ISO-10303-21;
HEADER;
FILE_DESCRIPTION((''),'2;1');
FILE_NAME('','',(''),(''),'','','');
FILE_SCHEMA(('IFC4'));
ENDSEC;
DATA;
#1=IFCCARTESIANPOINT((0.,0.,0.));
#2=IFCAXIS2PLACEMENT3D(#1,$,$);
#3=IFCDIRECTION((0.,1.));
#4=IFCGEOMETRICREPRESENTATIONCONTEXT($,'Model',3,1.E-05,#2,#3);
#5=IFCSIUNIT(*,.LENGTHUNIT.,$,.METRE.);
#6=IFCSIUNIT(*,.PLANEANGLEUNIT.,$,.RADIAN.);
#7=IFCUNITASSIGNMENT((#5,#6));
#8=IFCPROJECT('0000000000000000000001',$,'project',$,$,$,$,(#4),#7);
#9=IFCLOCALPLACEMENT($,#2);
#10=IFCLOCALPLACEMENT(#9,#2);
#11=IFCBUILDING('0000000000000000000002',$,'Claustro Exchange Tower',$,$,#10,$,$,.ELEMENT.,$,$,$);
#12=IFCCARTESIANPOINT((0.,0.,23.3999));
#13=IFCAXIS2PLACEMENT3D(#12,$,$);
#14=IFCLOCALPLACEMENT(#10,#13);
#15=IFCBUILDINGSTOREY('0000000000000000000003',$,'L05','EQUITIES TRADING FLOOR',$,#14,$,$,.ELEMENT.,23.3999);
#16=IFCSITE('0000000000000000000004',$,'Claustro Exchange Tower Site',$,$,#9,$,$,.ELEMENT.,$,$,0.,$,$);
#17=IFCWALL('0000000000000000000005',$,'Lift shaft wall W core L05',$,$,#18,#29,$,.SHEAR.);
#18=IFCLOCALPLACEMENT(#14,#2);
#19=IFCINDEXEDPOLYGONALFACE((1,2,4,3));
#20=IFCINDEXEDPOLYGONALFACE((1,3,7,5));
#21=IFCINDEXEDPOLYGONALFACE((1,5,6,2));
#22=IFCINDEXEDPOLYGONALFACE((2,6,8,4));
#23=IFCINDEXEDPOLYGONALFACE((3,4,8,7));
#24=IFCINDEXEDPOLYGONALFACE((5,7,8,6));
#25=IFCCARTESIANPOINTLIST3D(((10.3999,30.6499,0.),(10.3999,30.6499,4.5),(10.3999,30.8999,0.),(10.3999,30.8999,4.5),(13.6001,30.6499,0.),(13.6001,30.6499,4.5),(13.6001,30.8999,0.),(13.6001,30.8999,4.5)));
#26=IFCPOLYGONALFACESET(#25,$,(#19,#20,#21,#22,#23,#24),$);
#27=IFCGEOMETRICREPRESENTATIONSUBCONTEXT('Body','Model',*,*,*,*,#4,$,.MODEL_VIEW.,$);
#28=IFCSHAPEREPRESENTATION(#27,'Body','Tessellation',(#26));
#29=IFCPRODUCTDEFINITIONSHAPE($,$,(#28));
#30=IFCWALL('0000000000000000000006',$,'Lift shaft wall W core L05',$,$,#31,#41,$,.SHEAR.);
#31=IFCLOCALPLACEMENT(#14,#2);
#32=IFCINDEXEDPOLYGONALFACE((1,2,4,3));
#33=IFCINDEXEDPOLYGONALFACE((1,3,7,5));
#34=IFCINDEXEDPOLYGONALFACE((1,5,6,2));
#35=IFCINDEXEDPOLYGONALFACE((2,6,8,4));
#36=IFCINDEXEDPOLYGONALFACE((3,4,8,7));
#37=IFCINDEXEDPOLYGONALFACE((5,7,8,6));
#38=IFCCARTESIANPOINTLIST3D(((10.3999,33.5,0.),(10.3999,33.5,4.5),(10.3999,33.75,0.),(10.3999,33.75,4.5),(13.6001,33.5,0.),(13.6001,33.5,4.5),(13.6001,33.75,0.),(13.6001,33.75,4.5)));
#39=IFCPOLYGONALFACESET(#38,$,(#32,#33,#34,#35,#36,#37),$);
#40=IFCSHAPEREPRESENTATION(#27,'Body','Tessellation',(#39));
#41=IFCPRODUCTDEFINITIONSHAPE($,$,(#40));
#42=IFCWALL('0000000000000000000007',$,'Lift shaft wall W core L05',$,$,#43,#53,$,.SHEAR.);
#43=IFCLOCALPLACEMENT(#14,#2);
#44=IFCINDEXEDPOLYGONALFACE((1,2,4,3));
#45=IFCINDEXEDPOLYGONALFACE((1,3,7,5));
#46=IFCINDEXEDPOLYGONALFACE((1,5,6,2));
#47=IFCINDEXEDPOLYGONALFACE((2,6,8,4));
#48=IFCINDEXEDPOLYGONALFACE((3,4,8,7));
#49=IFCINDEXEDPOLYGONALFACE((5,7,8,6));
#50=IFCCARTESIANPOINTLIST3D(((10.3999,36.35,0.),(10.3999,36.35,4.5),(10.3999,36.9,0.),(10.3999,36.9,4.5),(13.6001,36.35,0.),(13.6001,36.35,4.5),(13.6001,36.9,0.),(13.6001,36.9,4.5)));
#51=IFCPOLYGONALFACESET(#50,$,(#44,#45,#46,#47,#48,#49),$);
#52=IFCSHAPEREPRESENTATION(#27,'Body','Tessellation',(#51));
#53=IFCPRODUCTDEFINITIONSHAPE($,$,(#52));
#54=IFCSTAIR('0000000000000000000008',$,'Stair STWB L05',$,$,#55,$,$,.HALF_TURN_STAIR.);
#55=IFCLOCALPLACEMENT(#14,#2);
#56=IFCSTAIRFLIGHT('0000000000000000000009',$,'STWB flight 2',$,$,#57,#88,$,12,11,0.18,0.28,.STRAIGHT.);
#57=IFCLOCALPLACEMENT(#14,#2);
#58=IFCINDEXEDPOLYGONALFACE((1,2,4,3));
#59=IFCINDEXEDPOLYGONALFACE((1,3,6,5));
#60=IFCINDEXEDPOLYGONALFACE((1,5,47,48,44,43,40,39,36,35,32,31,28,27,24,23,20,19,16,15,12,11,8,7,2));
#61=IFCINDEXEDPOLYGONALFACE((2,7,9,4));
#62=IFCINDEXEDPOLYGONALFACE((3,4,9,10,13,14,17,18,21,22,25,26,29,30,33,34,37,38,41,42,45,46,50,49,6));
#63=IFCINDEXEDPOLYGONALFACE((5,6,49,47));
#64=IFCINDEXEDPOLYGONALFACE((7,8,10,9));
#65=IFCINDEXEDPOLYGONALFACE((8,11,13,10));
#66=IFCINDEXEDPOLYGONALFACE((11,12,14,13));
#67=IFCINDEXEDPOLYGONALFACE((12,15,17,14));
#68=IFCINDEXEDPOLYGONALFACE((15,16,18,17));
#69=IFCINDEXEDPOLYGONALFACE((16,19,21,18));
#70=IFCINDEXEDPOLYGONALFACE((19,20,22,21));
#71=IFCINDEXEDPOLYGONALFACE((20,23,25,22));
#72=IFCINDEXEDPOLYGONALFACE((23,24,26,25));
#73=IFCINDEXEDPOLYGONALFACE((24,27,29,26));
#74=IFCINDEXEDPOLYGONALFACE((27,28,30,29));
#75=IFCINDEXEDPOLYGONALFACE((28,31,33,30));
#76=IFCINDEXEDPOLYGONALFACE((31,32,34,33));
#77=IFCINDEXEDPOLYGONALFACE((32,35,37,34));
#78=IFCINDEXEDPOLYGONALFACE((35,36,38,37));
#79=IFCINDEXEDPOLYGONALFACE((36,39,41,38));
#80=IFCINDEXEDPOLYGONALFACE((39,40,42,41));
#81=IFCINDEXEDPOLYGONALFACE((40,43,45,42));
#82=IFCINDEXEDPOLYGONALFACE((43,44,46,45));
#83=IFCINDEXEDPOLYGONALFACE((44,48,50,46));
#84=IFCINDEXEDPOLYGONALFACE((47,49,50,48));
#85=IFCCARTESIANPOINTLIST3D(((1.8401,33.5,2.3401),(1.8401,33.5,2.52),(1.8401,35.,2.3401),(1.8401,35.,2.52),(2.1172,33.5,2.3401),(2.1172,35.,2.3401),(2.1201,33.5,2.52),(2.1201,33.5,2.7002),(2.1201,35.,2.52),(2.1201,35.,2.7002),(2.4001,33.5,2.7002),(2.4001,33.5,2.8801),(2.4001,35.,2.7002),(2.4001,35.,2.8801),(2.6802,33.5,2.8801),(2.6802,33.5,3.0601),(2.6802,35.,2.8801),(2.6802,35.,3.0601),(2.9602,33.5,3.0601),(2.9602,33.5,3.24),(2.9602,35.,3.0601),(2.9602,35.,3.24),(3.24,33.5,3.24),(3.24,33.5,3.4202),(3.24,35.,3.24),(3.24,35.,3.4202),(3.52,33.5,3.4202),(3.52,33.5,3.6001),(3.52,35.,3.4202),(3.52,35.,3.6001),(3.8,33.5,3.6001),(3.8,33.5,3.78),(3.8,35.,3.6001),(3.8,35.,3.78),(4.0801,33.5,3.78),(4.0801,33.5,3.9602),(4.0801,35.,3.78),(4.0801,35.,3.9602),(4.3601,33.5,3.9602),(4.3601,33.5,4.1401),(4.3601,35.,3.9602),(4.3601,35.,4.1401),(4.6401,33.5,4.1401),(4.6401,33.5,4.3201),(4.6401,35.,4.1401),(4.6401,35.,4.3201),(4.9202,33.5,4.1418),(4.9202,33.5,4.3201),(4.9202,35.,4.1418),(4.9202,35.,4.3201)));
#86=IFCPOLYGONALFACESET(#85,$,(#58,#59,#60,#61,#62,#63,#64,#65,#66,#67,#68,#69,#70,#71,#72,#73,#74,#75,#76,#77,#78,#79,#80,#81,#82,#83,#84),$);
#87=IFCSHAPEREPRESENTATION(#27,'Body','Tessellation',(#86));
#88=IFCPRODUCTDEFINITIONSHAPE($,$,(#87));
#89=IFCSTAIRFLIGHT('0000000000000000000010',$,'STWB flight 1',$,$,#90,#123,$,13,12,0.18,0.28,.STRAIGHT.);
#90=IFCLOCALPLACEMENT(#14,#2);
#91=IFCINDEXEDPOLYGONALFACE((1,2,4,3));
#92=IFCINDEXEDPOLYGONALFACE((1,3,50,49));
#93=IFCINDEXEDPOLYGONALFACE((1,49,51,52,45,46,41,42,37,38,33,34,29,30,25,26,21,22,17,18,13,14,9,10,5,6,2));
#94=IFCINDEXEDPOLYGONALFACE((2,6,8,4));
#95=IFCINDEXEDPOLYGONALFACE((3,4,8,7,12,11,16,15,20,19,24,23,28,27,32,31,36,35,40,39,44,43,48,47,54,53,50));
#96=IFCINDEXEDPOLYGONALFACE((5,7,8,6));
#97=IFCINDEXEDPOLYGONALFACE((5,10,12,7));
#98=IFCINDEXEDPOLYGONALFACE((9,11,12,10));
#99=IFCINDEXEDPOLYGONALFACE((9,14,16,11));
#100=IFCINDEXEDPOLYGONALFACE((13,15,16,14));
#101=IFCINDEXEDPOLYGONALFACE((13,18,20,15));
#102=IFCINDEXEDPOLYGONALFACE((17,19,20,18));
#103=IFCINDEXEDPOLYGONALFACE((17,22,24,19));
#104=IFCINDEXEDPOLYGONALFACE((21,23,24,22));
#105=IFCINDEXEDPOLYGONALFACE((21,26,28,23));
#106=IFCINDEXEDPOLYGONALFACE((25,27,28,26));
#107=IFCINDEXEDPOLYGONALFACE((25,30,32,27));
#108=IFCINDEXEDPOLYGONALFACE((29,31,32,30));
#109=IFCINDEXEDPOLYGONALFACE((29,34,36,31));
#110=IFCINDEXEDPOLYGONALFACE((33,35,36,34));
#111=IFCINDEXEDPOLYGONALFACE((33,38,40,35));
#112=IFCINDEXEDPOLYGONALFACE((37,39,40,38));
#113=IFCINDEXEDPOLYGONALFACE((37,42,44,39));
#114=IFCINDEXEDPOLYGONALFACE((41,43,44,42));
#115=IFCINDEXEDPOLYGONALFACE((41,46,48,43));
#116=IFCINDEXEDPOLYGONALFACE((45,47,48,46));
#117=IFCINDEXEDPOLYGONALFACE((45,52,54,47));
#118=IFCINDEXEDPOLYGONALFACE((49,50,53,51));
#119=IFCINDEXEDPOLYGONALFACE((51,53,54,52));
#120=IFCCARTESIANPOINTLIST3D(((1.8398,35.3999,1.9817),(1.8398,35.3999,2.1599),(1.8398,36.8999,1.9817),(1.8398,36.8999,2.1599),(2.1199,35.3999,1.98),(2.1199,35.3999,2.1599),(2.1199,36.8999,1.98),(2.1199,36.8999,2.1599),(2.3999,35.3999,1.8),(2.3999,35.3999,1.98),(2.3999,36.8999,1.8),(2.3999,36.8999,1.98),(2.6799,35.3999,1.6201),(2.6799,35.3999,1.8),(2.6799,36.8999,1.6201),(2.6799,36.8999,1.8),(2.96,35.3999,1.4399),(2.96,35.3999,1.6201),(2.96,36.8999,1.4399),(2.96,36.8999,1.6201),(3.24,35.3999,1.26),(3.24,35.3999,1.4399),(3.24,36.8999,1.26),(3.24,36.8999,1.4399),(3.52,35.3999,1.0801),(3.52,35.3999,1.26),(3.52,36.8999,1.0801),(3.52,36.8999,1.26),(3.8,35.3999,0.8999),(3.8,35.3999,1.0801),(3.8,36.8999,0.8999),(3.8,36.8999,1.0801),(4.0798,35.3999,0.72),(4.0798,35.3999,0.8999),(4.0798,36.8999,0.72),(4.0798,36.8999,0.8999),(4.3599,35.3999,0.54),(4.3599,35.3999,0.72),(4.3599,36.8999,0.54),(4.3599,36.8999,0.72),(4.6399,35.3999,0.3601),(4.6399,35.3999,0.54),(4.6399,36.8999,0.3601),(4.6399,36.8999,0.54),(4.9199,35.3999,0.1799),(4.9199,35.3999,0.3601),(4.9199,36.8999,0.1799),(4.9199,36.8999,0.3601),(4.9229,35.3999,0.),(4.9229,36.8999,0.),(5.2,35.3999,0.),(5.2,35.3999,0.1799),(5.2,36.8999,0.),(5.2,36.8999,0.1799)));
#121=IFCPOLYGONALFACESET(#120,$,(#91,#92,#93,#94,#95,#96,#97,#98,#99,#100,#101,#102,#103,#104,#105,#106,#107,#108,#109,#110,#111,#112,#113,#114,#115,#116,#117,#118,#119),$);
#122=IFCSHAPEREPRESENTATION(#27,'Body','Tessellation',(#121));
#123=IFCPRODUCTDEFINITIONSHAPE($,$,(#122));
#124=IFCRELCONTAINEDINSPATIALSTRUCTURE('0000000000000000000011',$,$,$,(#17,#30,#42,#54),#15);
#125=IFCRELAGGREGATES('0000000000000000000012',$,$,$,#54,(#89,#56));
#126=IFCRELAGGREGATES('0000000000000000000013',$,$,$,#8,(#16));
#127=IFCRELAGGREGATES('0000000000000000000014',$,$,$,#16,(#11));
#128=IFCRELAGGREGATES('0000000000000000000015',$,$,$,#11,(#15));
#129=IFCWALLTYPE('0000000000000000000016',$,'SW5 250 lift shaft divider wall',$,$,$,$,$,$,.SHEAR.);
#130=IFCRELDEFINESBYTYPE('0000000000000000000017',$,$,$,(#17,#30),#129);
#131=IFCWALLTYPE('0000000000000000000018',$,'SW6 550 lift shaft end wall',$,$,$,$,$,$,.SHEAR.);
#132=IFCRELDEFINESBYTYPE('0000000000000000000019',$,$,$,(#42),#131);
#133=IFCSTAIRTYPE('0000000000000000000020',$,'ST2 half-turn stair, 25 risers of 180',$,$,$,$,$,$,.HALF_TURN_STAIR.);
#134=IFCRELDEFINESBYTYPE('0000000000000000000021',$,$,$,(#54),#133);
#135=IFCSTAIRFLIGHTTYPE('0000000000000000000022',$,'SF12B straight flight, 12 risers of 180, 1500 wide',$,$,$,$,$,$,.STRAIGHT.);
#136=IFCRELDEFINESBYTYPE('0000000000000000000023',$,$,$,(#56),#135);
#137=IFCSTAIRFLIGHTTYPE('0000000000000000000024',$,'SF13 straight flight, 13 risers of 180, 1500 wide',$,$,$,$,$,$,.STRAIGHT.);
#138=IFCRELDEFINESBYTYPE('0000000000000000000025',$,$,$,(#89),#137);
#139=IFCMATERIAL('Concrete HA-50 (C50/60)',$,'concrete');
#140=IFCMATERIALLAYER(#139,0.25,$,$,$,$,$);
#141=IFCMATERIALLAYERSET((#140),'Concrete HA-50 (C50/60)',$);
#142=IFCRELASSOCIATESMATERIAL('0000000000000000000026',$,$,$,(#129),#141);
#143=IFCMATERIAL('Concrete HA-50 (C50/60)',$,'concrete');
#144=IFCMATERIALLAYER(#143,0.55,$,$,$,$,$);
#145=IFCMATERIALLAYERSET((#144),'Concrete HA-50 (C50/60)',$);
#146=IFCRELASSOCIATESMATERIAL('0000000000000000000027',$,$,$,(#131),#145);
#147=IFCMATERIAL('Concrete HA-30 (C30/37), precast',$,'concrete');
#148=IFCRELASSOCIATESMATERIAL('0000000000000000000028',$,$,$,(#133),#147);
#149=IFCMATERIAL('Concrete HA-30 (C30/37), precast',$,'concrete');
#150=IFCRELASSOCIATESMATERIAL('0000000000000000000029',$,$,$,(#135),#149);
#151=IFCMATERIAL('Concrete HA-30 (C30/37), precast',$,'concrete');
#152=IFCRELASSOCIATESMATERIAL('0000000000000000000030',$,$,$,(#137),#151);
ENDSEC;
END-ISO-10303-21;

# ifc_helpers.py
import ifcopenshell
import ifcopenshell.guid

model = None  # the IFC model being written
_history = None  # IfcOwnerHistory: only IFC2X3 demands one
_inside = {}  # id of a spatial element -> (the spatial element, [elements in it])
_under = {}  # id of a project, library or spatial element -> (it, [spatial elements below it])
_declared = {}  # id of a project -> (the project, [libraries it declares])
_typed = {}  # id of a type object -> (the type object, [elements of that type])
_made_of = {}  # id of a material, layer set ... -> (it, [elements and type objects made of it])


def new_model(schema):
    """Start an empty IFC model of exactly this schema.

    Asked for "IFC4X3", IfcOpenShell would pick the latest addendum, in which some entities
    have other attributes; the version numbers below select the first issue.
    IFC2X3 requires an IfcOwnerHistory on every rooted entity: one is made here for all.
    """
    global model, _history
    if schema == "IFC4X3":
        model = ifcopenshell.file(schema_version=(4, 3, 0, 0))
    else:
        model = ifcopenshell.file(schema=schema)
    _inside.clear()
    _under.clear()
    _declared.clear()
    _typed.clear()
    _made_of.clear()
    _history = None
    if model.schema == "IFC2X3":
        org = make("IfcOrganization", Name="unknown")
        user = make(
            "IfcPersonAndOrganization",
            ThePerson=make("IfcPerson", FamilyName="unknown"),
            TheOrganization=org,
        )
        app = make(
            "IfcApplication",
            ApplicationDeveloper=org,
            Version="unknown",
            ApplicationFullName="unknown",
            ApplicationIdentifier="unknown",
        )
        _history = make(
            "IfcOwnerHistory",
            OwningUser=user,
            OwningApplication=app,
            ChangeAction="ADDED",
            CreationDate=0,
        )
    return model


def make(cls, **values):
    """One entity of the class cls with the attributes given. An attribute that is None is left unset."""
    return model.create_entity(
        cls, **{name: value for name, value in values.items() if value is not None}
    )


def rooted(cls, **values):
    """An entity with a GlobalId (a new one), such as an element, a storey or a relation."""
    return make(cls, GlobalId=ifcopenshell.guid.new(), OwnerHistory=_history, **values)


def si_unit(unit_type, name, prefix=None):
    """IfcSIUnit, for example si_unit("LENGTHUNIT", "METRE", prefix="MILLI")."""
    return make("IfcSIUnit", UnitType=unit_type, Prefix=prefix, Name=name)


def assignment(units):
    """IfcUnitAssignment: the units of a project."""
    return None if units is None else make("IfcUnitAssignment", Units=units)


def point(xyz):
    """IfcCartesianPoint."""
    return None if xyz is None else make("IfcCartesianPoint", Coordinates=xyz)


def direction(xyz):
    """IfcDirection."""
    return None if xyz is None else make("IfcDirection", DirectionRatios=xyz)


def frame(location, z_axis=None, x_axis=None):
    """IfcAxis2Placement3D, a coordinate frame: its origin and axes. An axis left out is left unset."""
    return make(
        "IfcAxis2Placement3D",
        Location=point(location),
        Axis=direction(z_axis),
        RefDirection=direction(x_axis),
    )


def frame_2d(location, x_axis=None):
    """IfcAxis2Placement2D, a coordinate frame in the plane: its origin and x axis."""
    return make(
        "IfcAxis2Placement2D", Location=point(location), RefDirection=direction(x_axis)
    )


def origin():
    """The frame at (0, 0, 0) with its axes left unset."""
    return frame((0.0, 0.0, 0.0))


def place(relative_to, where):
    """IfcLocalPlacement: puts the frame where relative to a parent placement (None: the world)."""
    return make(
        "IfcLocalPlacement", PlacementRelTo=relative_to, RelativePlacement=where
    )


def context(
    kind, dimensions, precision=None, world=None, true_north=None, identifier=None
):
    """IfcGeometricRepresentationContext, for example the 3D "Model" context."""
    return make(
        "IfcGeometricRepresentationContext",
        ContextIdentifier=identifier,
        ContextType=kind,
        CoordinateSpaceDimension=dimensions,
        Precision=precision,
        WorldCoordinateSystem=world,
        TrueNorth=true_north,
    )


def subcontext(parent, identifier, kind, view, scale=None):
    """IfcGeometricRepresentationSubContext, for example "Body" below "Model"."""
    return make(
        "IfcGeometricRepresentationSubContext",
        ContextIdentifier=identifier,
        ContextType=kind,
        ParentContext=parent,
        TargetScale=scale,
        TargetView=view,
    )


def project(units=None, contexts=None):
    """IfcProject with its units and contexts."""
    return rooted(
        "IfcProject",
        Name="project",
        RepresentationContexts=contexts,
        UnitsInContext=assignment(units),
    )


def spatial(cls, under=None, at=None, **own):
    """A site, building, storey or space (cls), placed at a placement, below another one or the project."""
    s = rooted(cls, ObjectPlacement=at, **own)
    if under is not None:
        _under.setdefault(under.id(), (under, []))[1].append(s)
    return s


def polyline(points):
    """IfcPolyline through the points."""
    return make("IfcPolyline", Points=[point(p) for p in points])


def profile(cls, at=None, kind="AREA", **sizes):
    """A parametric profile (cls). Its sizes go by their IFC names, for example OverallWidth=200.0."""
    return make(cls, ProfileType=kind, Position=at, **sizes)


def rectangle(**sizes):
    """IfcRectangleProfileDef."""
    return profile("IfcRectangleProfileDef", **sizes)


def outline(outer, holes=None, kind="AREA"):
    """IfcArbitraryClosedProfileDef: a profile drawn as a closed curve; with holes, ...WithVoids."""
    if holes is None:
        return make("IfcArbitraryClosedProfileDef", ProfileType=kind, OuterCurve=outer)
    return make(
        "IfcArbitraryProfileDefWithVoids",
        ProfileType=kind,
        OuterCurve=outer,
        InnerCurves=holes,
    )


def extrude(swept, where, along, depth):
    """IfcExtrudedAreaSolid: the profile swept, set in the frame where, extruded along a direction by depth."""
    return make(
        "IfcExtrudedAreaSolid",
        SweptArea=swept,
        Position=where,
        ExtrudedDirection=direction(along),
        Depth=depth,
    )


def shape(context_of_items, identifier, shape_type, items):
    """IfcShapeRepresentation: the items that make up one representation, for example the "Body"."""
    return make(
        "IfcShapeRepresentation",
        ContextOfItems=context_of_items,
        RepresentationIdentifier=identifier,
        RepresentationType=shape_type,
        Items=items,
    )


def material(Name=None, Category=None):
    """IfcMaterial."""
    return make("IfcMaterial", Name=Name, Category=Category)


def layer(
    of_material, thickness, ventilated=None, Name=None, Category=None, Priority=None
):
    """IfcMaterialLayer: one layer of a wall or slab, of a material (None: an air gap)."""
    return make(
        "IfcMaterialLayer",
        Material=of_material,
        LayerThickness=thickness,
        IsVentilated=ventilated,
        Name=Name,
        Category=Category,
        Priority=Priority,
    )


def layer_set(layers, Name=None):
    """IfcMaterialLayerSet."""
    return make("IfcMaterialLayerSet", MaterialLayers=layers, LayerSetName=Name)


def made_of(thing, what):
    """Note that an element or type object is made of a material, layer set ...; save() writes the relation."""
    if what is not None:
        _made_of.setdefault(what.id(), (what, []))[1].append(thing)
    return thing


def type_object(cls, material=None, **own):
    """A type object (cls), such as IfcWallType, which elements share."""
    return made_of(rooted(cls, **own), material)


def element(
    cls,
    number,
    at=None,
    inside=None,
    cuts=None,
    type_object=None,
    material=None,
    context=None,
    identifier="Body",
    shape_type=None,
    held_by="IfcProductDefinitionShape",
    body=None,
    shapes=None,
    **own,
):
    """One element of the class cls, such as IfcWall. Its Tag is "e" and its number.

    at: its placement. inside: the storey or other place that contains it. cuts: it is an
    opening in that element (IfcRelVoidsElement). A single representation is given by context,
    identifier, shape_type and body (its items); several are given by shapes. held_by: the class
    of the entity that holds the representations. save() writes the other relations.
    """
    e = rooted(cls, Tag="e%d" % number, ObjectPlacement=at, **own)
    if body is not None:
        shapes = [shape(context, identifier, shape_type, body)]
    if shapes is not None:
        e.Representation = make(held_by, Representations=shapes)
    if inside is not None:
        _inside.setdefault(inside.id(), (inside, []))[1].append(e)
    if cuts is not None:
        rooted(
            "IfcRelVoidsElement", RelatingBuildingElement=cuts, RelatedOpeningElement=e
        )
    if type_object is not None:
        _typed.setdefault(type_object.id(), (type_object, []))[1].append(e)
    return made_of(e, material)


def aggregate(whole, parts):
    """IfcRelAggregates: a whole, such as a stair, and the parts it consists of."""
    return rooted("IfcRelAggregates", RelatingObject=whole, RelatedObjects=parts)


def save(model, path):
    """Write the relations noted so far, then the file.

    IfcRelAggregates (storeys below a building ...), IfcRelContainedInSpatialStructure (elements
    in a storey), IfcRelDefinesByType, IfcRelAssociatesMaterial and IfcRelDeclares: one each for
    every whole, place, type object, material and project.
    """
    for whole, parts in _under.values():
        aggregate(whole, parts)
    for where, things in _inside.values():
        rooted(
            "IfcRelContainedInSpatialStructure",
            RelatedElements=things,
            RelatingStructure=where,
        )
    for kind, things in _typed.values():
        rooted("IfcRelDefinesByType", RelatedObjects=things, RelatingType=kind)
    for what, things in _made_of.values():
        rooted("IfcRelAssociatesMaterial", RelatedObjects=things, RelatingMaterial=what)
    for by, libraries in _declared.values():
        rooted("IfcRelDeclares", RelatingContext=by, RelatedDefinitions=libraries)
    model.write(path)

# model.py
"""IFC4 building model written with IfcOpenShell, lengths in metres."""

from ifc_helpers import new_model, si_unit, direction, frame, frame_2d, origin, place, context, subcontext, project, spatial, polyline, rectangle, outline, extrude, material, layer, layer_set, type_object, element, aggregate, save


model = new_model("IFC4")

# Units and contexts
model_context = context("Model", 3, precision=1e-05, world=origin(), true_north=direction((0.0, 1.0)))
body_context = subcontext(model_context, "Body", "Model", "MODEL_VIEW")
ifc_project = project(units=[si_unit("LENGTHUNIT", "METRE"), si_unit("PLANEANGLEUNIT", "RADIAN")], contexts=[model_context])

# Site, building, storey
site_placement = place(None, origin())
site = spatial("IfcSite", under=ifc_project, at=site_placement, Name="Claustro Exchange Tower Site", CompositionType="ELEMENT", RefElevation=0.0)
building_placement = place(site_placement, origin())
building = spatial("IfcBuilding", under=site, at=building_placement, Name="Claustro Exchange Tower", CompositionType="ELEMENT")
storey_placement = place(building_placement, frame((0.0, 0.0, 23.3999)))
storey = spatial("IfcBuildingStorey", under=building, at=storey_placement, Name="L05", Description="EQUITIES TRADING FLOOR", CompositionType="ELEMENT", Elevation=23.3999)

# Walls
ifc_material_1 = material(Name="Concrete HA-50 (C50/60)", Category="concrete")
ifc_layer_1 = layer(ifc_material_1, 0.25)
ifc_layer_set_1 = layer_set([ifc_layer_1], Name="Concrete HA-50 (C50/60)")
wall_type_1 = type_object("IfcWallType", Name="SW5 250 lift shaft divider wall", PredefinedType="SHEAR", material=ifc_layer_set_1)
for number, where, z_axis, x_axis, name in (
    (1, (10.3999, 30.7749, 0.0), (0.0, 0.0, 1.0), (1.0, 0.0, 0.0), "Lift shaft wall W core L05"),
    (2, (10.3999, 33.625, 0.0), (0.0, 0.0, 1.0), (1.0, 0.0, 0.0), "Lift shaft wall W core L05"),
):
    element("IfcWall", number, at=place(storey_placement, frame(where, z_axis=z_axis, x_axis=x_axis)), inside=storey, type_object=wall_type_1, Name=name, PredefinedType="SHEAR", context=body_context, shape_type="SweptSolid", body=[
        extrude(rectangle(XDim=3.2002, YDim=0.25, at=frame_2d((1.6001, 0.0))), origin(), (0.0, 0.0, 1.0), 4.5),
    ])
ifc_material_2 = material(Name="Concrete HA-50 (C50/60)", Category="concrete")
ifc_layer_2 = layer(ifc_material_2, 0.55)
ifc_layer_set_2 = layer_set([ifc_layer_2], Name="Concrete HA-50 (C50/60)")
wall_type_2 = type_object("IfcWallType", Name="SW6 550 lift shaft end wall", PredefinedType="SHEAR", material=ifc_layer_set_2)
wall_1_placement = place(storey_placement, frame((10.3999, 36.625, 0.0), z_axis=(0.0, 0.0, 1.0), x_axis=(1.0, 0.0, 0.0)))
element("IfcWall", 3, at=wall_1_placement, inside=storey, type_object=wall_type_2, Name="Lift shaft wall W core L05", PredefinedType="SHEAR", context=body_context, shape_type="SweptSolid", body=[
    extrude(rectangle(XDim=3.2002, YDim=0.55, at=frame_2d((1.6001, 0.0))), origin(), (0.0, 0.0, 1.0), 4.5),
])

# Stair, stair flights
ifc_material_3 = material(Name="Concrete HA-30 (C30/37), precast", Category="concrete")
stair_type = type_object("IfcStairType", Name="ST2 half-turn stair, 25 risers of 180", PredefinedType="HALF_TURN_STAIR", material=ifc_material_3)
stair_placement = place(storey_placement, origin())
stair = element("IfcStair", 4, at=stair_placement, inside=storey, type_object=stair_type, Name="Stair STWB L05", PredefinedType="HALF_TURN_STAIR")
ifc_material_4 = material(Name="Concrete HA-30 (C30/37), precast", Category="concrete")
stair_flight_type_1 = type_object("IfcStairFlightType", Name="SF12B straight flight, 12 risers of 180, 1500 wide", PredefinedType="STRAIGHT", material=ifc_material_4)
stair_flight_1_placement = place(storey_placement, frame((1.8401, 34.25, 2.3401), z_axis=(0.0, 0.0, 1.0), x_axis=(1.0, 0.0, 0.0)))
stair_flight_1 = element("IfcStairFlight", 5, at=stair_flight_1_placement, type_object=stair_flight_type_1, Name="STWB flight 2", NumberOfRisers=12, NumberOfTreads=11, PredefinedType="STRAIGHT", RiserHeight=0.18, TreadLength=0.28, context=body_context, shape_type="SweptSolid", body=[
    extrude(outline(polyline([(0.0, 0.0), (0.0, 0.1799), (0.28, 0.1799), (0.28, 0.3601), (0.5601, 0.3601), (0.5601, 0.54), (0.8401, 0.54), (0.8401, 0.72), (1.1201, 0.72), (1.1201, 0.8999), (1.3999, 0.8999), (1.3999, 1.0801), (1.6799, 1.0801), (1.6799, 1.26), (1.96, 1.26), (1.96, 1.4399), (2.24, 1.4399), (2.24, 1.6201), (2.52, 1.6201), (2.52, 1.8), (2.8, 1.8), (2.8, 1.98), (3.0801, 1.98), (3.0801, 2.1599), (3.0801, 1.8018), (0.2771, 0.0), (0.0, 0.0)])), frame((0.0, 0.75, 0.0), z_axis=(0.0, -1.0, 0.0), x_axis=(1.0, 0.0, 0.0)), (0.0, 0.0, 1.0), 1.5),
])
ifc_material_5 = material(Name="Concrete HA-30 (C30/37), precast", Category="concrete")
stair_flight_type_2 = type_object("IfcStairFlightType", Name="SF13 straight flight, 13 risers of 180, 1500 wide", PredefinedType="STRAIGHT", material=ifc_material_5)
stair_flight_2_placement = place(storey_placement, frame((5.2, 36.1499, 0.0), z_axis=(0.0, 0.0, 1.0), x_axis=(-1.0, 0.0, 0.0)))
stair_flight_2 = element("IfcStairFlight", 6, at=stair_flight_2_placement, type_object=stair_flight_type_2, Name="STWB flight 1", NumberOfRisers=13, NumberOfTreads=12, PredefinedType="STRAIGHT", RiserHeight=0.18, TreadLength=0.28, context=body_context, shape_type="SweptSolid", body=[
    extrude(outline(polyline([(0.0, 0.0), (0.0, 0.1799), (0.28, 0.1799), (0.28, 0.3601), (0.5601, 0.3601), (0.5601, 0.54), (0.8401, 0.54), (0.8401, 0.72), (1.1201, 0.72), (1.1201, 0.8999), (1.3999, 0.8999), (1.3999, 1.0801), (1.6799, 1.0801), (1.6799, 1.26), (1.96, 1.26), (1.96, 1.4399), (2.24, 1.4399), (2.24, 1.6201), (2.52, 1.6201), (2.52, 1.8), (2.8, 1.8), (2.8, 1.98), (3.0801, 1.98), (3.0801, 2.1599), (3.3601, 2.1599), (3.3601, 2.3401), (3.3601, 1.9817), (0.2771, 0.0), (0.0, 0.0)])), frame((0.0, 0.75, 0.0), z_axis=(0.0, -1.0, 0.0), x_axis=(1.0, 0.0, 0.0)), (0.0, 0.0, 1.0), 1.5),
])
aggregate(stair, [stair_flight_2, stair_flight_1])

save(model, "model.ifc")
